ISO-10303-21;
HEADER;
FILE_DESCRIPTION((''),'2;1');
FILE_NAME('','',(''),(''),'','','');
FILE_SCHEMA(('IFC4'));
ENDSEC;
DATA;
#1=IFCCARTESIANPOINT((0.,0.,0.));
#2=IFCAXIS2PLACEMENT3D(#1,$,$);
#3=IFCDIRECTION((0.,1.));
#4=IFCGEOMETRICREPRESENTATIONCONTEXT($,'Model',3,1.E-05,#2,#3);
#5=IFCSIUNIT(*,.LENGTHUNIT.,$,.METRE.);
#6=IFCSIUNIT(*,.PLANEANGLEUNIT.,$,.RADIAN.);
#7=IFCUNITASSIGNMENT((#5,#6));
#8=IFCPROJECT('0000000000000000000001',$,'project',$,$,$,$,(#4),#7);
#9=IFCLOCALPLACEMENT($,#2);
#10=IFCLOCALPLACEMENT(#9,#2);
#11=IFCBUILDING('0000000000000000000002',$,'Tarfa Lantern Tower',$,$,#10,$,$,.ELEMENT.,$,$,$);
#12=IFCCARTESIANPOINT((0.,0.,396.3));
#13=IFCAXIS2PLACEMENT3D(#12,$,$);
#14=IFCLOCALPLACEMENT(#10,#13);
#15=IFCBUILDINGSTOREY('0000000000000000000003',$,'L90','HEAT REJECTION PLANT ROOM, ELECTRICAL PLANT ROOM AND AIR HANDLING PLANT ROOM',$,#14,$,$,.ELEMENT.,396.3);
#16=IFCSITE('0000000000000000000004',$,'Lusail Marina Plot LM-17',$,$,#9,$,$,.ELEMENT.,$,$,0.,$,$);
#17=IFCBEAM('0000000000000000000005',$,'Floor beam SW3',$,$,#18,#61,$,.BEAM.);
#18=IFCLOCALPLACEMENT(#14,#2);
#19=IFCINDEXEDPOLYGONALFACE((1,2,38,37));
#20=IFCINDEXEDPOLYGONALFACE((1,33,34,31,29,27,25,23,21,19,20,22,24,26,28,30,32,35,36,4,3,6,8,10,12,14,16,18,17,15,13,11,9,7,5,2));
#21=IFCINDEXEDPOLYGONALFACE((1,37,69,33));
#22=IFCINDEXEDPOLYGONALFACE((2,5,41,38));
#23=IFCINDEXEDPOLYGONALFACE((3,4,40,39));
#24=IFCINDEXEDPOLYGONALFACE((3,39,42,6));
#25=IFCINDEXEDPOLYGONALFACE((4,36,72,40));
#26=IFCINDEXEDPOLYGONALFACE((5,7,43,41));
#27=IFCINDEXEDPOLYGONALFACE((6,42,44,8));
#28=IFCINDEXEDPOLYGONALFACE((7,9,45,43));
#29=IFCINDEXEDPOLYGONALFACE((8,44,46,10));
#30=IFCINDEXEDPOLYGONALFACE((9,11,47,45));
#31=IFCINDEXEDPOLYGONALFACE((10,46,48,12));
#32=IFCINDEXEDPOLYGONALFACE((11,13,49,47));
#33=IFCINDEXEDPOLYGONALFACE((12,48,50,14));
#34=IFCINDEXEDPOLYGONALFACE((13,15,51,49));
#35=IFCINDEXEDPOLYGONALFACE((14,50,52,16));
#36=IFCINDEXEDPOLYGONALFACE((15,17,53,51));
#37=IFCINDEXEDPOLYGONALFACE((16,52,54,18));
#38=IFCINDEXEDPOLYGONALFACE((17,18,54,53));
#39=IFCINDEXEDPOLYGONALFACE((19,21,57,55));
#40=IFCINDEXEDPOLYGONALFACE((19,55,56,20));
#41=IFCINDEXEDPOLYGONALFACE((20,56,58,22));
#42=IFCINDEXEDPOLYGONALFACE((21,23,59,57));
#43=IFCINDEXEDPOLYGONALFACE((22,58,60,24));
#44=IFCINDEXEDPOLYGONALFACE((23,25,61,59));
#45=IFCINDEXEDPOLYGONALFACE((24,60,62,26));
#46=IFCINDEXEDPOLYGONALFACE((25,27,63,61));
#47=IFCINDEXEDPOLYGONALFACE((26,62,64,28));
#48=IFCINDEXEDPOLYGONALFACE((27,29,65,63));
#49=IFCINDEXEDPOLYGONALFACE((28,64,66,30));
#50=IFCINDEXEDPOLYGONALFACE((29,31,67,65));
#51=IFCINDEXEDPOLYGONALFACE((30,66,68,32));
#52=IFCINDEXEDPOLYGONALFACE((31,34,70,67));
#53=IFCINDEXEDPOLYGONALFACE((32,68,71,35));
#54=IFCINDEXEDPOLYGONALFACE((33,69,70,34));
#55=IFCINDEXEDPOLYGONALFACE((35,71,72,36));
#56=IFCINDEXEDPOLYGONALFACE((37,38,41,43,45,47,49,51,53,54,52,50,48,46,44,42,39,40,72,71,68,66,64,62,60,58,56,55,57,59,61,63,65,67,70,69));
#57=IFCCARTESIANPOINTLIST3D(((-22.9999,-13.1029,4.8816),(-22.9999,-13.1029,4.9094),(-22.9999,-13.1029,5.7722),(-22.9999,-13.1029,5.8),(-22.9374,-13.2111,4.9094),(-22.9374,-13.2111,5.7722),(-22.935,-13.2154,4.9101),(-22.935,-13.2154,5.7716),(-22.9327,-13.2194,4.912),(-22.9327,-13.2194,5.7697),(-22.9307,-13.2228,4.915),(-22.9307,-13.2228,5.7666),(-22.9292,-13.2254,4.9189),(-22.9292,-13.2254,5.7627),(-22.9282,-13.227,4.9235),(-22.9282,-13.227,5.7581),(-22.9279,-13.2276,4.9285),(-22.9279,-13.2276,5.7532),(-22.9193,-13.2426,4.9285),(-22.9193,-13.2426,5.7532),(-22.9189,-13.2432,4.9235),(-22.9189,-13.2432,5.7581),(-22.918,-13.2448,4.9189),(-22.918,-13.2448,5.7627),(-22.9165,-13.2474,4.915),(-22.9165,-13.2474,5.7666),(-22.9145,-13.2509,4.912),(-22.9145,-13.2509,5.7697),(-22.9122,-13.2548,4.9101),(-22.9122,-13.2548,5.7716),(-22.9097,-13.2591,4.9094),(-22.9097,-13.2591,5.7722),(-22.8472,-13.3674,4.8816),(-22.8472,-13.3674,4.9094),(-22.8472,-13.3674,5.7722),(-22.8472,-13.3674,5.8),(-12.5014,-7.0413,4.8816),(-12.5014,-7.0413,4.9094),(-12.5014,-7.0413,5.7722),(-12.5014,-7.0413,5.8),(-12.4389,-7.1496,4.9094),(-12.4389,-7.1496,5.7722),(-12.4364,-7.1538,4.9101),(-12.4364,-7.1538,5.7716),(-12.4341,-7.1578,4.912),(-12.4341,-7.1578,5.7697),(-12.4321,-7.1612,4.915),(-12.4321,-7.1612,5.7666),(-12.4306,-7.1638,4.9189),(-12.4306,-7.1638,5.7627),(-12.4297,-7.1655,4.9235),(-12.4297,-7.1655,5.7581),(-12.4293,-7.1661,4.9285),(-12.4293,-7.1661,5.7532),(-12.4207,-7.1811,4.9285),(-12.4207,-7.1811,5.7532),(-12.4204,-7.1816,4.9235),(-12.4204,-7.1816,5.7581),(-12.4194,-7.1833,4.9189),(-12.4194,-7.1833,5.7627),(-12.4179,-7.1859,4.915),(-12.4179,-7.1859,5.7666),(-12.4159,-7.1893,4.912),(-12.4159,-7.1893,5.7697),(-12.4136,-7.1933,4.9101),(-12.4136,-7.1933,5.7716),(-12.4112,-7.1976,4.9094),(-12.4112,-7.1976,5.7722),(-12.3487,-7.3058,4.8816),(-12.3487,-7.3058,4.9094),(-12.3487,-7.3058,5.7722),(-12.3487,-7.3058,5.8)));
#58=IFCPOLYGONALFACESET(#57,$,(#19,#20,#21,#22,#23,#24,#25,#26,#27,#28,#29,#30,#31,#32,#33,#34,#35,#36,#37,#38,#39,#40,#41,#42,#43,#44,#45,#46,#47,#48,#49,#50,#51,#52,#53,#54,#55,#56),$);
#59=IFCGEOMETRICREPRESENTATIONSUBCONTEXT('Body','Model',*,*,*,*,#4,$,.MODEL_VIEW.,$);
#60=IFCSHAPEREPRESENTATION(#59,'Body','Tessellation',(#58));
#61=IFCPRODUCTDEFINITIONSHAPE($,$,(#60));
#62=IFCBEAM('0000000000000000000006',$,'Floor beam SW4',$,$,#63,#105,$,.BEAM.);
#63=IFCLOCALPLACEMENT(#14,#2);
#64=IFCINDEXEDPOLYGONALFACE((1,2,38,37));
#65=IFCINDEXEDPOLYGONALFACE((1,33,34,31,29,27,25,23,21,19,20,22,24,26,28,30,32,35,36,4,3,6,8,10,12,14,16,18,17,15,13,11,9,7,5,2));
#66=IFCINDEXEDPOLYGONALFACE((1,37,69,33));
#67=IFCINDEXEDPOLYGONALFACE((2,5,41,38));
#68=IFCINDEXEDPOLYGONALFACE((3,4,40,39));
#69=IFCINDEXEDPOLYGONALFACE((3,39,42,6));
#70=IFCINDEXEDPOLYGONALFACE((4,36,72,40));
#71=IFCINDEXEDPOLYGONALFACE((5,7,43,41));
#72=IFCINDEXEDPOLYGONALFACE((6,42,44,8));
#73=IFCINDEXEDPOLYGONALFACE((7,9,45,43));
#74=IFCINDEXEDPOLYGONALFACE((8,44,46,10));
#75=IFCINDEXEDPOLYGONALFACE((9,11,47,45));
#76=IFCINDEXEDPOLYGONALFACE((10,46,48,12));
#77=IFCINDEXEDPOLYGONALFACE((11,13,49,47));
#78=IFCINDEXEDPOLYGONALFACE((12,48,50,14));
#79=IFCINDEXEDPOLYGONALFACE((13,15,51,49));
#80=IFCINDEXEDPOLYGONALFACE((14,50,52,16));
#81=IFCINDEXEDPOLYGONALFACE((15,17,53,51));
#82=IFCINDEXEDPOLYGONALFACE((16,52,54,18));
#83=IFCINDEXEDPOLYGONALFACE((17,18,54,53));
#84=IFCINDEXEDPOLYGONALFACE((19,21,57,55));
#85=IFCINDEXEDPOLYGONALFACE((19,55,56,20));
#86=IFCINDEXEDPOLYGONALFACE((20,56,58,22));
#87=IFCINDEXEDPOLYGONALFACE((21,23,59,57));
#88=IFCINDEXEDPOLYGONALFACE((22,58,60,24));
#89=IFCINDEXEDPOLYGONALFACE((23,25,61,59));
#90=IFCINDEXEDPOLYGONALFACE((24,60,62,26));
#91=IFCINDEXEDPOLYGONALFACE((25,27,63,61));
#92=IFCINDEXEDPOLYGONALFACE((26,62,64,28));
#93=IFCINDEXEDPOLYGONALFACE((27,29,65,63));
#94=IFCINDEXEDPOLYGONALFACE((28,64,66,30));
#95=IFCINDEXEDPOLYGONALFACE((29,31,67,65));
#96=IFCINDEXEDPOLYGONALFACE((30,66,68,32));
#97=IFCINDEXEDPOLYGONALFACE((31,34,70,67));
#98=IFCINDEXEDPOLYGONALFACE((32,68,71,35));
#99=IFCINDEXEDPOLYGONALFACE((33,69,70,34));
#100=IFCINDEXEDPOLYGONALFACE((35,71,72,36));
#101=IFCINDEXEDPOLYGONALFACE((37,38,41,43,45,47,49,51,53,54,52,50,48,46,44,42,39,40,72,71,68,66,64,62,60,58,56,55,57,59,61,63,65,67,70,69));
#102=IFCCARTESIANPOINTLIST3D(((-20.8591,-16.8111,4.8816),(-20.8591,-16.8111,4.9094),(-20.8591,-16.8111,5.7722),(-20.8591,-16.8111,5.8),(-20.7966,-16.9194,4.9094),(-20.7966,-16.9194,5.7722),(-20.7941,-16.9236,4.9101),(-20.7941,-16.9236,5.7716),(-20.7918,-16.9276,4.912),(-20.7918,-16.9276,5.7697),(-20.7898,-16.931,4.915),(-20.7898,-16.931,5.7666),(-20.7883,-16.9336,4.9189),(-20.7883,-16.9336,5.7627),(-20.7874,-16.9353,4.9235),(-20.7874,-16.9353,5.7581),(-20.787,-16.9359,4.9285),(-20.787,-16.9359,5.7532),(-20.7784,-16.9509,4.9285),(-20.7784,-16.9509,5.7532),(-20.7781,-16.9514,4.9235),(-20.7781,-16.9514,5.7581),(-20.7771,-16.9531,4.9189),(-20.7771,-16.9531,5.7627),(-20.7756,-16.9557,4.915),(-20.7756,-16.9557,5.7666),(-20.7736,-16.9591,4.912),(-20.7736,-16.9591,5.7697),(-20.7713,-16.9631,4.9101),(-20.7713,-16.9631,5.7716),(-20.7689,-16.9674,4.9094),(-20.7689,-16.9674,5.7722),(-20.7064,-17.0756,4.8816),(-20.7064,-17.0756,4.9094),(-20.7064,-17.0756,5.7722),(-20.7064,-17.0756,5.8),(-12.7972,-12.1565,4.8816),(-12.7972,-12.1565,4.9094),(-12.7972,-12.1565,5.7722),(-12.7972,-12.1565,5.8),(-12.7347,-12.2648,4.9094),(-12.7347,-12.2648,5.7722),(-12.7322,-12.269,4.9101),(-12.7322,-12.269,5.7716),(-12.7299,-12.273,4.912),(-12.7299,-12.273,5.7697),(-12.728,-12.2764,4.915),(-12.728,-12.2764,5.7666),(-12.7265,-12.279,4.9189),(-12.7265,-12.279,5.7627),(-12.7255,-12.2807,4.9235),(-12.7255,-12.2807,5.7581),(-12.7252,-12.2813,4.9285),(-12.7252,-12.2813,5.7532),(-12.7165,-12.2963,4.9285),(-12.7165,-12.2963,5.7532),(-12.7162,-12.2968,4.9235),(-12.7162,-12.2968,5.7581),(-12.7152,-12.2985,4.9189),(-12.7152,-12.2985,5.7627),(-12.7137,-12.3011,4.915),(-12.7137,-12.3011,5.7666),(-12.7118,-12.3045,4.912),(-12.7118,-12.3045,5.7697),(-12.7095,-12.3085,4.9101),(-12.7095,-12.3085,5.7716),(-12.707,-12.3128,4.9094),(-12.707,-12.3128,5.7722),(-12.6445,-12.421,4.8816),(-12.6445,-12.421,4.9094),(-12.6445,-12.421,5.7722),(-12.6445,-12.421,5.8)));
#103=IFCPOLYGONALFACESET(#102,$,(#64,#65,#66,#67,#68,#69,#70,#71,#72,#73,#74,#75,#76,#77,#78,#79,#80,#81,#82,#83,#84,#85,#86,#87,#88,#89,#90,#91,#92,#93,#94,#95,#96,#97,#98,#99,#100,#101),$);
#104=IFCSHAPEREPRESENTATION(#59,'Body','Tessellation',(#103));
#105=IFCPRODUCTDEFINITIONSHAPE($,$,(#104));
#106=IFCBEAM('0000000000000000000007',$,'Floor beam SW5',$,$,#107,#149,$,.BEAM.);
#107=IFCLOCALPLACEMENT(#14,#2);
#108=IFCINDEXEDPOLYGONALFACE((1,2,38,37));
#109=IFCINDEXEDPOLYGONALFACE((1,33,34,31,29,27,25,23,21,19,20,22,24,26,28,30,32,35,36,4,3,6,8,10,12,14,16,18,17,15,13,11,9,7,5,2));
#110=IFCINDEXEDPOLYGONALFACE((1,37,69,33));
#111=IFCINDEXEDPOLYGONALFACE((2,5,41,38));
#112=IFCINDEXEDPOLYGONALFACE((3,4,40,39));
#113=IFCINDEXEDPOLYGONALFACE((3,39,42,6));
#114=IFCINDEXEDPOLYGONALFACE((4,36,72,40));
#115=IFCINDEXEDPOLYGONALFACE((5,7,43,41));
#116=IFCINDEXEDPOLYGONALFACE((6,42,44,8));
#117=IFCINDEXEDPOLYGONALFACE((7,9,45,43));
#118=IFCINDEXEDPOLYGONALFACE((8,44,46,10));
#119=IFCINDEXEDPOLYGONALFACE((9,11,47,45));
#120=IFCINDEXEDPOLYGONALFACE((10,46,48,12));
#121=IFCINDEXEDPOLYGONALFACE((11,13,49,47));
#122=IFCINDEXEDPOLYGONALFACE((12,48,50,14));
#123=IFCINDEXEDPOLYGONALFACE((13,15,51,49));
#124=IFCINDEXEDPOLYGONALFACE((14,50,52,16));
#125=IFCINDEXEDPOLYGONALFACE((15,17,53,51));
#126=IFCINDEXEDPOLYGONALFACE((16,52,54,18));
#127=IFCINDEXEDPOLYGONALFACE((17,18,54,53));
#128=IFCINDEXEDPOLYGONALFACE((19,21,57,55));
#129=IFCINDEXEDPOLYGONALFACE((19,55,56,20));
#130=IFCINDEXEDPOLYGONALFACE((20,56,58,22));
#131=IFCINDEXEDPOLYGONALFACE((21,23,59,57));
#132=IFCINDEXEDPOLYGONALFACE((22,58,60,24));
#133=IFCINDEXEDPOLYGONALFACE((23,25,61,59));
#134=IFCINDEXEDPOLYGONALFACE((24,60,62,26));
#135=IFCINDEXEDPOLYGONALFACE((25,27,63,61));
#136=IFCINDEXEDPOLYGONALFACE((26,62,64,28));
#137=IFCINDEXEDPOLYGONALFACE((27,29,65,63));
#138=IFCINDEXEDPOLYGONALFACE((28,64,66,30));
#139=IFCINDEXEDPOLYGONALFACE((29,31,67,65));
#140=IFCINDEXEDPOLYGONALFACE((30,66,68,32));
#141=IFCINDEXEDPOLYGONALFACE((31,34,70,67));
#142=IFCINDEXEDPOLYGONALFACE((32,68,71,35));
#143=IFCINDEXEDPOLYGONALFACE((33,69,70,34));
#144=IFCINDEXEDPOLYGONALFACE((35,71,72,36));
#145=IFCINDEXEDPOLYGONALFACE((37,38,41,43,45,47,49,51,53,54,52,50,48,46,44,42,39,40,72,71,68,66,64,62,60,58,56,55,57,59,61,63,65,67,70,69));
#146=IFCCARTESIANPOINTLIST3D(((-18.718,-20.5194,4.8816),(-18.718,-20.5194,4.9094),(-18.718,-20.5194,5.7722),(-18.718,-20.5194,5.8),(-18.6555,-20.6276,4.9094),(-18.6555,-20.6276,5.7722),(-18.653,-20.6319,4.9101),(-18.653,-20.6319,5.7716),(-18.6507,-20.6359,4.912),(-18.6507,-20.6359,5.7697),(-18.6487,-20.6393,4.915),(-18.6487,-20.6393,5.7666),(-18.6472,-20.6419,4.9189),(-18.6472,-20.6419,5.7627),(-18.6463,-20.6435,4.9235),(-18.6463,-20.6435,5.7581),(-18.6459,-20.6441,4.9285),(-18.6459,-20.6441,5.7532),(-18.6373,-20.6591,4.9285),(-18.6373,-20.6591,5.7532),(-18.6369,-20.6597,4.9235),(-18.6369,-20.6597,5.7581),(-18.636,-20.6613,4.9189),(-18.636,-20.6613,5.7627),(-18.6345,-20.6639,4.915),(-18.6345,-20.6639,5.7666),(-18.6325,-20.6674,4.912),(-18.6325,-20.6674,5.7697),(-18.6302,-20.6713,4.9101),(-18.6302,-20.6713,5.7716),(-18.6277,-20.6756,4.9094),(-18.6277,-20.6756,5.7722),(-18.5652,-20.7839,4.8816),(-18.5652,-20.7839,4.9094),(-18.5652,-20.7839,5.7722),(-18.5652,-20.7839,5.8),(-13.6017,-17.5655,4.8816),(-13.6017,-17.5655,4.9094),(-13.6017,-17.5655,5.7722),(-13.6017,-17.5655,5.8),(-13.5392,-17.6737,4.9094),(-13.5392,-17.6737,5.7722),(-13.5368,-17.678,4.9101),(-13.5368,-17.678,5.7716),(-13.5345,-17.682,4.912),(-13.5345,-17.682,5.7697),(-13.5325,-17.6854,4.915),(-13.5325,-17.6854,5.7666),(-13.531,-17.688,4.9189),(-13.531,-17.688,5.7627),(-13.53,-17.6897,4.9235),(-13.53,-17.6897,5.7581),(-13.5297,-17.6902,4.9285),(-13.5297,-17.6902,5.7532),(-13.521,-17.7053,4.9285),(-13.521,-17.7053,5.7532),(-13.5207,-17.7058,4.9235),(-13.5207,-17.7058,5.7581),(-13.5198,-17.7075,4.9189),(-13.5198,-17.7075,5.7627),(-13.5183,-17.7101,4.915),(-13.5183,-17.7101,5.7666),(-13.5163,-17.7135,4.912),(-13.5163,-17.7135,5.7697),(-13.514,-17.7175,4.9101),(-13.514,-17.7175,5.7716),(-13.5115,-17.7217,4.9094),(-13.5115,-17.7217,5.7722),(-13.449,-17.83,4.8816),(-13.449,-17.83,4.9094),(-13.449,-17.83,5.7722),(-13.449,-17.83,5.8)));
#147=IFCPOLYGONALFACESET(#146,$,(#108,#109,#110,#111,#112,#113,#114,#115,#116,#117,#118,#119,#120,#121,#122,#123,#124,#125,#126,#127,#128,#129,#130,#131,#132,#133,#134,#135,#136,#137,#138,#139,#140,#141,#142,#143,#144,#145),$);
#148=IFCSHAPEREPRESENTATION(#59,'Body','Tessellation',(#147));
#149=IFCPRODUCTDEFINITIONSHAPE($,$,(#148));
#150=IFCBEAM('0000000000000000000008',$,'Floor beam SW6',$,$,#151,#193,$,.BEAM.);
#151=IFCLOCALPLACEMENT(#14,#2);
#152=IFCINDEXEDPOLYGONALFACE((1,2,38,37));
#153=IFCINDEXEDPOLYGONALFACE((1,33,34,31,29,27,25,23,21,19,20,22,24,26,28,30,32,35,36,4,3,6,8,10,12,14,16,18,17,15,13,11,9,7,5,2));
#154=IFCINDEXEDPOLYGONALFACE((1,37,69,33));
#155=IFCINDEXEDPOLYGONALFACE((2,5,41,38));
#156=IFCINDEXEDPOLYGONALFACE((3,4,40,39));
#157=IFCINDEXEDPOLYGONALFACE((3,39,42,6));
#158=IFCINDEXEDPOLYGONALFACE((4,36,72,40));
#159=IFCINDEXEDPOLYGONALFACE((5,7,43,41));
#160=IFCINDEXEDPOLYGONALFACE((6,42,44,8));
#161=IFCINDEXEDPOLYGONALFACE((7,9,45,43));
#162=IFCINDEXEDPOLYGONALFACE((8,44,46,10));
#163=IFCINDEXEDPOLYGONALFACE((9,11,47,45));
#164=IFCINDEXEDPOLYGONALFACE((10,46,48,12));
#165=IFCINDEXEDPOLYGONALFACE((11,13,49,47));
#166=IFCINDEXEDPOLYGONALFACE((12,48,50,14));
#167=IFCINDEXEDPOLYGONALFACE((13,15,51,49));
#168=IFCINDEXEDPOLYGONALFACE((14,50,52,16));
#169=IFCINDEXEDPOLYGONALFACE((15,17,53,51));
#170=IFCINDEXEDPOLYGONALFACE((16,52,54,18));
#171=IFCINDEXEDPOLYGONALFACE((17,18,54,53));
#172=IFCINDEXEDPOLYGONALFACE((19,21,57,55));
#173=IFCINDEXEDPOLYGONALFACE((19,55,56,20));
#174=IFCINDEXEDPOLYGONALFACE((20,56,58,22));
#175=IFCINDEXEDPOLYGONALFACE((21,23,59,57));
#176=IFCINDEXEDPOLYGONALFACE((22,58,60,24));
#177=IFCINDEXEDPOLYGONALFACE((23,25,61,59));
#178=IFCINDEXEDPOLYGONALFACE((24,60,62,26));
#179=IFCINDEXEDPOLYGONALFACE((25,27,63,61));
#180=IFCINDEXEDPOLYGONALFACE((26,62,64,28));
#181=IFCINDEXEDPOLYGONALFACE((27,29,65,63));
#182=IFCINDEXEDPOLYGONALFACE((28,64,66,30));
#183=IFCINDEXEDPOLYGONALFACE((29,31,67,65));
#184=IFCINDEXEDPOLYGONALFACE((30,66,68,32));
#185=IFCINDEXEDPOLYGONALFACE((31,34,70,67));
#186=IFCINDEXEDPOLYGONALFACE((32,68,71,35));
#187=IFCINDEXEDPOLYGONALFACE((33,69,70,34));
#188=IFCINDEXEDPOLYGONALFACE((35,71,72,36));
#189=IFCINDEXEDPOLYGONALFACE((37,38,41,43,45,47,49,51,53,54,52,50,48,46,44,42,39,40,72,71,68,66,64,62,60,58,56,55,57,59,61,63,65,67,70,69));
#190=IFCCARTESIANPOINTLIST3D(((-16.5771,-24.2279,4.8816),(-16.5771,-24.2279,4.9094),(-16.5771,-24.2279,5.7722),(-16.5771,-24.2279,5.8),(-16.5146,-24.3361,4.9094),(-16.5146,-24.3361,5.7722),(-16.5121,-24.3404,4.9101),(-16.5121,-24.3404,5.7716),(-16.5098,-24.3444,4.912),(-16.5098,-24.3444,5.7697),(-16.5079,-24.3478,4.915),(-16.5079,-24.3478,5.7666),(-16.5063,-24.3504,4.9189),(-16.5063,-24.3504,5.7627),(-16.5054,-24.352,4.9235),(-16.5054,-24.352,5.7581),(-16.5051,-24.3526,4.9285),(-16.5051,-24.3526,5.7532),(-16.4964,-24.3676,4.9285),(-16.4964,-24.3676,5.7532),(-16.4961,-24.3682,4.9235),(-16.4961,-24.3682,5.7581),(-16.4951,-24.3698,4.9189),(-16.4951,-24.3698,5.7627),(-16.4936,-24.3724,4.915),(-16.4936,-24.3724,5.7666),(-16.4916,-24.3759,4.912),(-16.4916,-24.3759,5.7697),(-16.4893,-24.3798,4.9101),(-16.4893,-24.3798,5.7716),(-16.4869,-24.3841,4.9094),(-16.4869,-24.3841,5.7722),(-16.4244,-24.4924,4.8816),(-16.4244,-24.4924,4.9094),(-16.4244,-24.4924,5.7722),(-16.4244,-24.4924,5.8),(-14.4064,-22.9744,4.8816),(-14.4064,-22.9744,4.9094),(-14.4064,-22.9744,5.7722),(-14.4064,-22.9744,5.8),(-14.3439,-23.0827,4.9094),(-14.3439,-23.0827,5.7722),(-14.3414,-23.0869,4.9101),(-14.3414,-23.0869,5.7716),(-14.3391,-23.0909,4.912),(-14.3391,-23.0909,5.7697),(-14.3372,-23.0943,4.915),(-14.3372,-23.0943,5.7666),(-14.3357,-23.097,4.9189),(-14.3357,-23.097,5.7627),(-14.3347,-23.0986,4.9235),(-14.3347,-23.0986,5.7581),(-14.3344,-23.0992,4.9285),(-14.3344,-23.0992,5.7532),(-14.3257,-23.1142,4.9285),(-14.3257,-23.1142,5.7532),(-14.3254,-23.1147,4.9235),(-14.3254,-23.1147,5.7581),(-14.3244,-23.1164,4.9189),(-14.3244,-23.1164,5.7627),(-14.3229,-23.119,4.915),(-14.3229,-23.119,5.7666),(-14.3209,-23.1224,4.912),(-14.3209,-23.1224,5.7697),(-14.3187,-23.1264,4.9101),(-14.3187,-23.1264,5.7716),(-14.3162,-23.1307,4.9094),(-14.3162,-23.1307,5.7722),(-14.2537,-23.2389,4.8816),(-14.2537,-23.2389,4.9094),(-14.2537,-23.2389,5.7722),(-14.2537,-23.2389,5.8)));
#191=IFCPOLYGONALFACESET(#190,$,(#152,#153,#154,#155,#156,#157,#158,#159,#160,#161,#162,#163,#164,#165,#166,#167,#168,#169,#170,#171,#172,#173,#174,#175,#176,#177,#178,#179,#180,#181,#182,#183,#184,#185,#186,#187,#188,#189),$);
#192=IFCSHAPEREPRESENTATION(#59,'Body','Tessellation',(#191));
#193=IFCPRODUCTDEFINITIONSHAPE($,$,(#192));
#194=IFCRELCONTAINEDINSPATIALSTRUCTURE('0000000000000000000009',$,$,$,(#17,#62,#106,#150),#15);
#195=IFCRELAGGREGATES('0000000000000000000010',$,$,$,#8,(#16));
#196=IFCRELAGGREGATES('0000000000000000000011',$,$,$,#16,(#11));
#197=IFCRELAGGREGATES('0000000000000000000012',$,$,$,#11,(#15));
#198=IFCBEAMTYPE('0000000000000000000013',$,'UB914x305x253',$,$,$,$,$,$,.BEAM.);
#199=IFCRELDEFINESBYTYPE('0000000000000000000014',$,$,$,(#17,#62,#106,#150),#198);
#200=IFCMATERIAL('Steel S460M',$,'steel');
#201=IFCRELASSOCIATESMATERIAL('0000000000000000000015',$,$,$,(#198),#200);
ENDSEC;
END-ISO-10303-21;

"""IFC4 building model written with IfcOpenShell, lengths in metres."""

from ifc_helpers import new_model, si_unit, direction, frame, origin, origin_2d, place, context, subcontext, project, spatial, i_section, extrude, material, material_profile, profile_set, type_object, element, save


model = new_model("IFC4")

# Units and contexts
model_context = context("Model", 3, precision=1e-05, world=origin(), true_north=direction((0.0, 1.0)))
body_context = subcontext(model_context, "Body", "Model", "MODEL_VIEW")
ifc_project = project(units=[si_unit("LENGTHUNIT", "METRE"), si_unit("PLANEANGLEUNIT", "RADIAN")], contexts=[model_context])

# Site, building, storey
site_placement = place(None, origin())
site = spatial("IfcSite", under=ifc_project, at=site_placement, Name="Lusail Marina Plot LM-17", CompositionType="ELEMENT", RefElevation=0.0)
building_placement = place(site_placement, origin())
building = spatial("IfcBuilding", under=site, at=building_placement, Name="Tarfa Lantern Tower", CompositionType="ELEMENT")
storey_placement = place(building_placement, frame((0.0, 0.0, 396.3)))
storey = spatial("IfcBuildingStorey", under=building, at=storey_placement, Name="L90", Description="HEAT REJECTION PLANT ROOM, ELECTRICAL PLANT ROOM AND AIR HANDLING PLANT ROOM", CompositionType="ELEMENT", Elevation=396.3)

# Beams
ifc_material_1 = material(Name="Steel S460M", Category="steel")
ifc_material_profile_1 = material_profile(ifc_material_1, i_section(OverallWidth=0.3054, OverallDepth=0.9185, WebThickness=0.0173, FlangeThickness=0.0278, FilletRadius=0.019, at=origin_2d()), Name="UB914x305x253")
ifc_profile_set_1 = profile_set([ifc_material_profile_1], Name="Steel S460M")
beam_type_1 = type_object("IfcBeamType", Name="UB914x305x253", PredefinedType="BEAM", material=ifc_profile_set_1)
beam_1_placement = place(storey_placement, frame((-22.9236, -13.2351, 5.3408), z_axis=(0.866019, 0.500012, 0.0), x_axis=(-0.500012, 0.866019, 0.0)))
element("IfcBeam", 1, at=beam_1_placement, inside=storey, type_object=beam_type_1, Name="Floor beam SW3", PredefinedType="BEAM", context=body_context, shape_type="SweptSolid", body=[
    extrude(i_section(OverallWidth=0.3054, OverallDepth=0.9185, WebThickness=0.0173, FlangeThickness=0.0278, FilletRadius=0.019, at=origin_2d()), origin(), (0.0, 0.0, 1.0), 12.1228),
])
beam_2_placement = place(storey_placement, frame((-20.7827, -16.9434, 5.3408), z_axis=(0.866022, 0.500006, 0.0), x_axis=(-0.500006, 0.866022, 0.0)))
element("IfcBeam", 2, at=beam_2_placement, inside=storey, type_object=beam_type_1, Name="Floor beam SW4", PredefinedType="BEAM", context=body_context, shape_type="SweptSolid", body=[
    extrude(i_section(OverallWidth=0.3054, OverallDepth=0.9185, WebThickness=0.0173, FlangeThickness=0.0278, FilletRadius=0.019, at=origin_2d()), origin(), (0.0, 0.0, 1.0), 9.3091),
])
beam_3_placement = place(storey_placement, frame((-18.6416, -20.6516, 5.3408), z_axis=(0.866025, 0.500001, 0.0), x_axis=(-0.500001, 0.866025, 0.0)))
element("IfcBeam", 3, at=beam_3_placement, inside=storey, type_object=beam_type_1, Name="Floor beam SW5", PredefinedType="BEAM", context=body_context, shape_type="SweptSolid", body=[
    extrude(i_section(OverallWidth=0.3054, OverallDepth=0.9185, WebThickness=0.0173, FlangeThickness=0.0278, FilletRadius=0.019, at=origin_2d()), origin(), (0.0, 0.0, 1.0), 5.9077),
])
beam_4_placement = place(storey_placement, frame((-16.5007, -24.3601, 5.3408), z_axis=(0.865993, 0.500057, 0.0), x_axis=(-0.500057, 0.865993, 0.0)))
element("IfcBeam", 4, at=beam_4_placement, inside=storey, type_object=beam_type_1, Name="Floor beam SW6", PredefinedType="BEAM", context=body_context, shape_type="SweptSolid", body=[
    extrude(i_section(OverallWidth=0.3054, OverallDepth=0.9185, WebThickness=0.0173, FlangeThickness=0.0278, FilletRadius=0.019, at=origin_2d()), origin(), (0.0, 0.0, 1.0), 2.5066),
])

save(model, "model.ifc")
